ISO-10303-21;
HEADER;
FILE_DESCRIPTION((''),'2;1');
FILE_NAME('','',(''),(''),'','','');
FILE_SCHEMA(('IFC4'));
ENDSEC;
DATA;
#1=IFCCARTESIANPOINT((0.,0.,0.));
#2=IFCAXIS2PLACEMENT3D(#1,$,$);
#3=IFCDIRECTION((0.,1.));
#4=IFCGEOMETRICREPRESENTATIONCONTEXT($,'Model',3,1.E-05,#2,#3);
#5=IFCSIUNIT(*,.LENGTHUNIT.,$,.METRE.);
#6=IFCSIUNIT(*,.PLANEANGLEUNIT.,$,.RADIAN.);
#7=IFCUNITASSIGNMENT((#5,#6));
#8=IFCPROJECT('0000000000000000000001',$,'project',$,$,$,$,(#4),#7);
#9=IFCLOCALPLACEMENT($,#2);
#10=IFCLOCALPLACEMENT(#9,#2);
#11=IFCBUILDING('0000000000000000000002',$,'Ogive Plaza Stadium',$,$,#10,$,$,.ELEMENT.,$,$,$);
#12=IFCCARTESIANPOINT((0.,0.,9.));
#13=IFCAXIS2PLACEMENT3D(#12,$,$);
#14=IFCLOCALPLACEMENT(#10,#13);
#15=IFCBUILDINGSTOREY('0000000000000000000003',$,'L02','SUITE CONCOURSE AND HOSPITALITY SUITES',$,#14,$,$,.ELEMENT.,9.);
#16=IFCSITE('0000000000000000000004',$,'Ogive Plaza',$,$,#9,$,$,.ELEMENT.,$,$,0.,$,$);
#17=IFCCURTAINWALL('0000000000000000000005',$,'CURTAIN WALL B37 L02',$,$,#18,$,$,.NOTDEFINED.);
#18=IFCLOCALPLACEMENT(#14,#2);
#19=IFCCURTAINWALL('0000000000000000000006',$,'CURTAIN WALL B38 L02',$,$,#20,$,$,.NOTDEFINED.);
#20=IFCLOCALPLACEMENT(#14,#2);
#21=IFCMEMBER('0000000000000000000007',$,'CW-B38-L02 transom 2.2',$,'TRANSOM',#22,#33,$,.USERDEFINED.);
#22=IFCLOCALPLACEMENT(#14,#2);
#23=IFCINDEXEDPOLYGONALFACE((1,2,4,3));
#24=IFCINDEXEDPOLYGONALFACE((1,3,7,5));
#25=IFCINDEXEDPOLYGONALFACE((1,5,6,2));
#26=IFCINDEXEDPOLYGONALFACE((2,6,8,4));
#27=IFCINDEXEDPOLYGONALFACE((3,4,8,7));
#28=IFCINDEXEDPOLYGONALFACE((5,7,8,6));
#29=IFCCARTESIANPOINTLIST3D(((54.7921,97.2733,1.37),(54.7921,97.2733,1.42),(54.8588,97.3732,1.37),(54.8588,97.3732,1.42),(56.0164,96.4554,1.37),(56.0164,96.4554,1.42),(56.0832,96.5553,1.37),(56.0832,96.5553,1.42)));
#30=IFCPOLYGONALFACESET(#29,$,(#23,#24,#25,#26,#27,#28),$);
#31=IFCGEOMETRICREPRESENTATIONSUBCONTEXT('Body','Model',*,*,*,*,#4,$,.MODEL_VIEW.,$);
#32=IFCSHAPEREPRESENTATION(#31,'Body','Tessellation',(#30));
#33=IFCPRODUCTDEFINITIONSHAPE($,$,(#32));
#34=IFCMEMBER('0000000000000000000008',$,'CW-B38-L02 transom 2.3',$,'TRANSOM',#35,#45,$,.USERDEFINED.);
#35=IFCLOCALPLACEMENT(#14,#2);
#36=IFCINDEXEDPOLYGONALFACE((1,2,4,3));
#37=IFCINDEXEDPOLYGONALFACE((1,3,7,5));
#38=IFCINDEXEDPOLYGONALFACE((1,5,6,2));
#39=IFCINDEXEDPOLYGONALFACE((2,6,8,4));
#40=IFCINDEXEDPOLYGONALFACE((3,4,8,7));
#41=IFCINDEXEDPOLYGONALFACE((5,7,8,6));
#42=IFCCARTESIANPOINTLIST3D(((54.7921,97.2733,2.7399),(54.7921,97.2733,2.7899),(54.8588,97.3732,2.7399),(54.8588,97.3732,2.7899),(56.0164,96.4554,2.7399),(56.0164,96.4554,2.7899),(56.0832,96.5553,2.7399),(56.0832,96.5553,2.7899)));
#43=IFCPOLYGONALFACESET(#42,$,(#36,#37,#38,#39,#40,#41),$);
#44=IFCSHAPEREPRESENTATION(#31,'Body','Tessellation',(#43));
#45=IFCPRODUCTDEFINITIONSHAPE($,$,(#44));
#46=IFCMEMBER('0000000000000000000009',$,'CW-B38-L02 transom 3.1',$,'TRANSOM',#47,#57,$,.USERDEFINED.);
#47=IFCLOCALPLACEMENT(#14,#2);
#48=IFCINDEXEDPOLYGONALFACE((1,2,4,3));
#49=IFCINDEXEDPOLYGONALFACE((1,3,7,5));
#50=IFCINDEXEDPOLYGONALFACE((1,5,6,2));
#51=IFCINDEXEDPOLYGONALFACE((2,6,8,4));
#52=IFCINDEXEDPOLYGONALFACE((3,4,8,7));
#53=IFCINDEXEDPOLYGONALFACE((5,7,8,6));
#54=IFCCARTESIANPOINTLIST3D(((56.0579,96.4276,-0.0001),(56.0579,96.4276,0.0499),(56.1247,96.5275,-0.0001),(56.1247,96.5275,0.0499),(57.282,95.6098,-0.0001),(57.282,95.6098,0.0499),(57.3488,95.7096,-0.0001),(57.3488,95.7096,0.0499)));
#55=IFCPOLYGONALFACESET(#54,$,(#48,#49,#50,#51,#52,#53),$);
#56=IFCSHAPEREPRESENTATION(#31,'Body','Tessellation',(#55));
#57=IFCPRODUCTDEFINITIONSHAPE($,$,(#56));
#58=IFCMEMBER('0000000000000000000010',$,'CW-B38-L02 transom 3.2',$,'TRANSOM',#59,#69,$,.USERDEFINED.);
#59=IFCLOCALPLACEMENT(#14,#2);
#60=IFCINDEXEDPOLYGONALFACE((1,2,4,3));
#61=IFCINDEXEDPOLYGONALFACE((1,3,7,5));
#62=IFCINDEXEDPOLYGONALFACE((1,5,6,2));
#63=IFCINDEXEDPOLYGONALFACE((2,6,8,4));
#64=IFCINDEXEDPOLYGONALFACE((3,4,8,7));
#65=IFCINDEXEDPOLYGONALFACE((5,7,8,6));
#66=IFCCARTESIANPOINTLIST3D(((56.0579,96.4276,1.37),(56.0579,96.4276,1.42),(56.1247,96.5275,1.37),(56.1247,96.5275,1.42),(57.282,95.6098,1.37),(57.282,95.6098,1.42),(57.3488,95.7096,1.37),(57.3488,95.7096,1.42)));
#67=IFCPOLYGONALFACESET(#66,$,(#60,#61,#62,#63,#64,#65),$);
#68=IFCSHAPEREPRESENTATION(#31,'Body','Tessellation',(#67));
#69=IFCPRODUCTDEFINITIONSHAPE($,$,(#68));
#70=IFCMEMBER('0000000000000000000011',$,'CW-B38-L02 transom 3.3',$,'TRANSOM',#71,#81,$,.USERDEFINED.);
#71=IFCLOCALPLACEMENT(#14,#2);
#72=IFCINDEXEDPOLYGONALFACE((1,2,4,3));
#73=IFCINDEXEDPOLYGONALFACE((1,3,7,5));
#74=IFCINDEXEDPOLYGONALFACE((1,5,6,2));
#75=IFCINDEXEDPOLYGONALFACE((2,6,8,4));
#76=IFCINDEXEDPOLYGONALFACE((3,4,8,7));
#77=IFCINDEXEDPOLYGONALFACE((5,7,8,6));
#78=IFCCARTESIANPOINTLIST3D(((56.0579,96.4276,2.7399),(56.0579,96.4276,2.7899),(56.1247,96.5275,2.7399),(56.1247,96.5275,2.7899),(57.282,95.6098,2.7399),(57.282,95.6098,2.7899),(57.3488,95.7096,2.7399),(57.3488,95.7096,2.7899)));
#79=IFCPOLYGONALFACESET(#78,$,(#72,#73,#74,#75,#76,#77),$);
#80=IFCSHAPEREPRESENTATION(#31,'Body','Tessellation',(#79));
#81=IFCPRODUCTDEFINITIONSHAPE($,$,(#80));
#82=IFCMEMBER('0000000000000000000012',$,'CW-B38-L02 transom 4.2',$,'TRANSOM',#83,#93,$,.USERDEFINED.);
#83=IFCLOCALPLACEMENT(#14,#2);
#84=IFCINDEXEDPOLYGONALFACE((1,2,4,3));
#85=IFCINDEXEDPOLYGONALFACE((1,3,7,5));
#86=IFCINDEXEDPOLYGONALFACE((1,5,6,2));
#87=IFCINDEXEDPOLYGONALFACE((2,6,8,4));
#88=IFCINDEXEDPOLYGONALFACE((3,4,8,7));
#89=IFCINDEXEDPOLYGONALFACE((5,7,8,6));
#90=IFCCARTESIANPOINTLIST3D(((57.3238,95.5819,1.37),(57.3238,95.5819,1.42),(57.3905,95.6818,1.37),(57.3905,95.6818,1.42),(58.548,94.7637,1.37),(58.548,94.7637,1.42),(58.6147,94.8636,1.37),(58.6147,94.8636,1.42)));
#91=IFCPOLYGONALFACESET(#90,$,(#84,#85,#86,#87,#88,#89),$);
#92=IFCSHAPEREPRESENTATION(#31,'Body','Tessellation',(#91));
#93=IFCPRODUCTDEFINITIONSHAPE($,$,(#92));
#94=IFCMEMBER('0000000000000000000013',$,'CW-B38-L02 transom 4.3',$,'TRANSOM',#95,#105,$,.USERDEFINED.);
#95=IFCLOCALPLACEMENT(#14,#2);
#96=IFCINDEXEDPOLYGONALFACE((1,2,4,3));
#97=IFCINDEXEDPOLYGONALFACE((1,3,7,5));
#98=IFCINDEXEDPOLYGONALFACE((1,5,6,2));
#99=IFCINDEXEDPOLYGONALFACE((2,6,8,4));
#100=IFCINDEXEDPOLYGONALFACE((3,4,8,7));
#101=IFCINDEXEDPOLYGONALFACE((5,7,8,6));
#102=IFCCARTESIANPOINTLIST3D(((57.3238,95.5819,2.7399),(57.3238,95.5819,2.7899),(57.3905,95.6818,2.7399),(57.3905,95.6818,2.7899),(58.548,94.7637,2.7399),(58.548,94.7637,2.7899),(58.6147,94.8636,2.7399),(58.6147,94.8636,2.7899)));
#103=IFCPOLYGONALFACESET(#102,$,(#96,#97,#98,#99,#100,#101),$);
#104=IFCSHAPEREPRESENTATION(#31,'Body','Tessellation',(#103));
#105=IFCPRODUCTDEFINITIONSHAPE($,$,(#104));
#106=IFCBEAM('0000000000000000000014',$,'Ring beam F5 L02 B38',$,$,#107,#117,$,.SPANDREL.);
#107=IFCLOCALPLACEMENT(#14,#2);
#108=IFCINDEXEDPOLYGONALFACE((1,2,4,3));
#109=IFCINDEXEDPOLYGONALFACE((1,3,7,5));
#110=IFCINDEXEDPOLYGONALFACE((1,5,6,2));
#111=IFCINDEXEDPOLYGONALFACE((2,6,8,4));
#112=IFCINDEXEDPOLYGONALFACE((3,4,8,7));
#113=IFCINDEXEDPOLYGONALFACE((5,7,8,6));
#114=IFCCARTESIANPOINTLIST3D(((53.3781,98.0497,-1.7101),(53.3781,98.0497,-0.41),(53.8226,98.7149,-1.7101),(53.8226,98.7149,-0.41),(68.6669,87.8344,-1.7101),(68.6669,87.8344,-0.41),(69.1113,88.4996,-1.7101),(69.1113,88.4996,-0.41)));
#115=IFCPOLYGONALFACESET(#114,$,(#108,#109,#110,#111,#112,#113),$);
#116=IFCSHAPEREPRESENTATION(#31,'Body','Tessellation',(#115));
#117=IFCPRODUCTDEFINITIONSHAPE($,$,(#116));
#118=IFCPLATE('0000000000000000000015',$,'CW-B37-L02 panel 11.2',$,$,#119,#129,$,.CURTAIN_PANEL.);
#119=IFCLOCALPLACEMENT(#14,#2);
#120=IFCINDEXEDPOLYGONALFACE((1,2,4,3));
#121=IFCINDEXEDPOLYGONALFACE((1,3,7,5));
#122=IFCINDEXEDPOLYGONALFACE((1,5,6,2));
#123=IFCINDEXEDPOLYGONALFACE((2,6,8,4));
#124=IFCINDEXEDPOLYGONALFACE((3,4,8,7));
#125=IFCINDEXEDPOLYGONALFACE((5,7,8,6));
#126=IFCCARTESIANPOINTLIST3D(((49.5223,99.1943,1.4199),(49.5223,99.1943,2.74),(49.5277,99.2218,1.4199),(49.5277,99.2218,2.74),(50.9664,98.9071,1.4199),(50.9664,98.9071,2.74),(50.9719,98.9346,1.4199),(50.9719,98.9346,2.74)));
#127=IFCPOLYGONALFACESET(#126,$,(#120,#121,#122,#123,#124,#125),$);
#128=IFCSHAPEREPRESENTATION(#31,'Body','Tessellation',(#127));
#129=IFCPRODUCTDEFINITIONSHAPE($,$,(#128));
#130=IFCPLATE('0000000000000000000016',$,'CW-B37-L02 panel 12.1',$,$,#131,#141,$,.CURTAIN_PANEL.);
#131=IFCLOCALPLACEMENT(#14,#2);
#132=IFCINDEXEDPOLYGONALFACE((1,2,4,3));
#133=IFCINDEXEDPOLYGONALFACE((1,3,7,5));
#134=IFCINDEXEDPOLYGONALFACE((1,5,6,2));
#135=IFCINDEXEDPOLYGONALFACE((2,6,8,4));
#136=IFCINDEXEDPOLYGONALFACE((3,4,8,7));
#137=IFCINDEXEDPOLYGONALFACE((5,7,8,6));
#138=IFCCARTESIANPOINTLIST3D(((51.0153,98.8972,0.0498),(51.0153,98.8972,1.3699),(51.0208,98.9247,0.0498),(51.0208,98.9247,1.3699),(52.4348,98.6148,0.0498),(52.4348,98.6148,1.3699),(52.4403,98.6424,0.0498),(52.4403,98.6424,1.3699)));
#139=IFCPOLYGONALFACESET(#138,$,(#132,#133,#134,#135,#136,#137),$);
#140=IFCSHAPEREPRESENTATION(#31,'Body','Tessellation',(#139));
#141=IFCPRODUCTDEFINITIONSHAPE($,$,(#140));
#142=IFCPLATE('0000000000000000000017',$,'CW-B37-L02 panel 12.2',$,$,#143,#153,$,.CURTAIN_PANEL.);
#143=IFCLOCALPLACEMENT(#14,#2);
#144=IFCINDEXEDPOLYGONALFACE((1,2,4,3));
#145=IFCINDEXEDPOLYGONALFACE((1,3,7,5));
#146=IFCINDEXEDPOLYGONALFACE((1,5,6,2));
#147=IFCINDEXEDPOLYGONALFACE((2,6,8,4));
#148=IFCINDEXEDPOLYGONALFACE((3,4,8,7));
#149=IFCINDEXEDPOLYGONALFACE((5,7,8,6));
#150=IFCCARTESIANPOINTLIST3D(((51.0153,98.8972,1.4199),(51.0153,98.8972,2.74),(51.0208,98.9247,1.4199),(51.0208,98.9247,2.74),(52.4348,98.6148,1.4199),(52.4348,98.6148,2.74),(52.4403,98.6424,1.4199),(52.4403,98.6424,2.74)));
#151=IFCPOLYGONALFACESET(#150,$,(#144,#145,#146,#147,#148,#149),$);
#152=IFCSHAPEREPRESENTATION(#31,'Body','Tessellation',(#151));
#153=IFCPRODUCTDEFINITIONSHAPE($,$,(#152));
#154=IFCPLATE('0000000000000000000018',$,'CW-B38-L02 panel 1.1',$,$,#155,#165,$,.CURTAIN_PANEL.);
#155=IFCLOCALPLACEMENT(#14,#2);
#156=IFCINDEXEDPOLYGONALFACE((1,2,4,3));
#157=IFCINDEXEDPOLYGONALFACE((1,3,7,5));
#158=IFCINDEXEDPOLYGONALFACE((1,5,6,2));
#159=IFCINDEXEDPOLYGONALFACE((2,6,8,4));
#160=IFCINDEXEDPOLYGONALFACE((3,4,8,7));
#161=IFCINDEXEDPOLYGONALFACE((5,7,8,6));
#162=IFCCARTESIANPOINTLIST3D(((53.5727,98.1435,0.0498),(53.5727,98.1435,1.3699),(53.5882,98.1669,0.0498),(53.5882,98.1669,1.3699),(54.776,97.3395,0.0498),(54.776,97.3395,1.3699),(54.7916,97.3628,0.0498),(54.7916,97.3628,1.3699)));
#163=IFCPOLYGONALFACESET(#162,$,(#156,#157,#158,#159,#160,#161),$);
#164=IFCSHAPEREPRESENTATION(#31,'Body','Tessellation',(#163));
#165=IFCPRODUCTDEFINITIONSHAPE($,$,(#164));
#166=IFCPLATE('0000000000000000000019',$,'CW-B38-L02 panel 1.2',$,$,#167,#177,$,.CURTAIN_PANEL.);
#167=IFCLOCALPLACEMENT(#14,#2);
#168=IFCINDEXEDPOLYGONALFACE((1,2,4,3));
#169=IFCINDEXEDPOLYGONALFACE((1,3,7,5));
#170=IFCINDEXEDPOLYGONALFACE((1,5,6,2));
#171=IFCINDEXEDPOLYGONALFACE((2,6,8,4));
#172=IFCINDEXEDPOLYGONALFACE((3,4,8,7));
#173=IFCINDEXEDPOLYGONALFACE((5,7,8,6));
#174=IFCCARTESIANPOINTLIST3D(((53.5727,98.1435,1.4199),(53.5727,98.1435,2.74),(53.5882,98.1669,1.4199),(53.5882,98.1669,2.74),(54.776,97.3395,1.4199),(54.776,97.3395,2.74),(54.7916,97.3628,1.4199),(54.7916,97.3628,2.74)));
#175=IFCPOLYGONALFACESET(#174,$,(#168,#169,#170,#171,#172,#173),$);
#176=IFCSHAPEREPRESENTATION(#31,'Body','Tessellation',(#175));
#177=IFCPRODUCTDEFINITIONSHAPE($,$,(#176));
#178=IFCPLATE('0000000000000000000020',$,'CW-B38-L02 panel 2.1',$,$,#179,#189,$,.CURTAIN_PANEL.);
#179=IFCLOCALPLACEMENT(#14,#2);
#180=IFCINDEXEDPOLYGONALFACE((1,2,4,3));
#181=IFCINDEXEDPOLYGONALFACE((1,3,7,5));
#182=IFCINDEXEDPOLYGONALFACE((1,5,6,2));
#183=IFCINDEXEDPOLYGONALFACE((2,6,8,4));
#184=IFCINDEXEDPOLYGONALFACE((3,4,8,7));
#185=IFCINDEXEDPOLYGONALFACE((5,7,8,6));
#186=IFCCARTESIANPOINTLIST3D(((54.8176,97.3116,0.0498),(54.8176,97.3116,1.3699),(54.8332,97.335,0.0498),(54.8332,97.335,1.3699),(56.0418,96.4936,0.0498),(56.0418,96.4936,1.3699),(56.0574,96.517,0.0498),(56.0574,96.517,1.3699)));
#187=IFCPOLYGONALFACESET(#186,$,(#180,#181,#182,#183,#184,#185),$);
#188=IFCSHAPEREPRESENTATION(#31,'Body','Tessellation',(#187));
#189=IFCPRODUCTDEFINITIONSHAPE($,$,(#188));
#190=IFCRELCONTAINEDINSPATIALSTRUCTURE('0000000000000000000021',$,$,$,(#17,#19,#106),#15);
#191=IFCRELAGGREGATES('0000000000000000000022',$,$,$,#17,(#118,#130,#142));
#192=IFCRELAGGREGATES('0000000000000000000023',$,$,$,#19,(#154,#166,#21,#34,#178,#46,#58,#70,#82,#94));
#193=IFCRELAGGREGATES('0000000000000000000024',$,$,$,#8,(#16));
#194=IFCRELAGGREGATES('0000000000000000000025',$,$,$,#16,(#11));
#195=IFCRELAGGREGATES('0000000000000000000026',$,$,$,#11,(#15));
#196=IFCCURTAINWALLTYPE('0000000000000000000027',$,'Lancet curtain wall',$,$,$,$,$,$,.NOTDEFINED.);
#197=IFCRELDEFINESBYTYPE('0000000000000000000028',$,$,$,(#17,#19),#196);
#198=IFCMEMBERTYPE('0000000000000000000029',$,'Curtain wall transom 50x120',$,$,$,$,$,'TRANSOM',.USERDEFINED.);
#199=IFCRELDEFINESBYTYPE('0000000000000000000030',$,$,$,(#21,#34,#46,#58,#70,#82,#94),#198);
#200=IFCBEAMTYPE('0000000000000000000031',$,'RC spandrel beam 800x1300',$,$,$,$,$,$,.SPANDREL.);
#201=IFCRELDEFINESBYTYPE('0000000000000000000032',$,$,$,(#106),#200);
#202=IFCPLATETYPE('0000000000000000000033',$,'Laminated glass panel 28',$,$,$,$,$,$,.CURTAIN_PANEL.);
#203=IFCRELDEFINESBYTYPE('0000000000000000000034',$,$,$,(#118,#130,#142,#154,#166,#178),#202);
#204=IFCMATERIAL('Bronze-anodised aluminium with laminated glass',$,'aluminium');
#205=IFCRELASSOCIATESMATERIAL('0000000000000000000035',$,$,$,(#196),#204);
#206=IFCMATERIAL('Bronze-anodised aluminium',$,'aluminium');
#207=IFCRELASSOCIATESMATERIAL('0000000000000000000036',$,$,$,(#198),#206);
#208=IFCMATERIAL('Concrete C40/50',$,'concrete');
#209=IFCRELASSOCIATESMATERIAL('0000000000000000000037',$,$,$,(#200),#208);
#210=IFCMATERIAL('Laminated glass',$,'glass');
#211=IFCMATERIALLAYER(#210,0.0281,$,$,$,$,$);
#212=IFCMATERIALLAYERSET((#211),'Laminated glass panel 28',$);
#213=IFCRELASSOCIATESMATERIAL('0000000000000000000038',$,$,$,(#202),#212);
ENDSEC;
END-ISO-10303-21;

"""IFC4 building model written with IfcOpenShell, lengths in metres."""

from ifc_helpers import new_model, si_unit, direction, frame, origin, origin_2d, place, context, subcontext, project, spatial, rectangle, extrude, material, layer, layer_set, material_profile, profile_set, type_object, element, aggregate, save


model = new_model("IFC4")

# Units and contexts
model_context = context("Model", 3, precision=1e-05, world=origin(), true_north=direction((0.0, 1.0)))
body_context = subcontext(model_context, "Body", "Model", "MODEL_VIEW")
ifc_project = project(units=[si_unit("LENGTHUNIT", "METRE"), si_unit("PLANEANGLEUNIT", "RADIAN")], contexts=[model_context])

# Site, building, storey
site_placement = place(None, origin())
site = spatial("IfcSite", under=ifc_project, at=site_placement, Name="Ogive Plaza", CompositionType="ELEMENT", RefElevation=0.0)
building_placement = place(site_placement, origin())
building = spatial("IfcBuilding", under=site, at=building_placement, Name="Ogive Plaza Stadium", CompositionType="ELEMENT")
storey_placement = place(building_placement, frame((0.0, 0.0, 9.0)))
storey = spatial("IfcBuildingStorey", under=building, at=storey_placement, Name="L02", Description="SUITE CONCOURSE AND HOSPITALITY SUITES", CompositionType="ELEMENT", Elevation=9.0)

# Curtain walls
ifc_material_1 = material(Name="Bronze-anodised aluminium with laminated glass", Category="aluminium")
curtain_wall_type = type_object("IfcCurtainWallType", Name="Lancet curtain wall", PredefinedType="NOTDEFINED", material=ifc_material_1)
curtain_wall_1_placement = place(storey_placement, origin())
curtain_wall_1 = element("IfcCurtainWall", 1, at=curtain_wall_1_placement, inside=storey, type_object=curtain_wall_type, Name="CURTAIN WALL B37 L02", PredefinedType="NOTDEFINED")
curtain_wall_2_placement = place(storey_placement, origin())
curtain_wall_2 = element("IfcCurtainWall", 2, at=curtain_wall_2_placement, inside=storey, type_object=curtain_wall_type, Name="CURTAIN WALL B38 L02", PredefinedType="NOTDEFINED")

# Members
ifc_material_2 = material(Name="Bronze-anodised aluminium", Category="aluminium")
ifc_material_profile_1 = material_profile(ifc_material_2, rectangle(XDim=0.1201, YDim=0.05, at=origin_2d()), Name="AL 120x50")
ifc_profile_set_1 = profile_set([ifc_material_profile_1], Name="Bronze-anodised aluminium")
member_type_1 = type_object("IfcMemberType", Name="Curtain wall transom 50x120", ElementType="TRANSOM", PredefinedType="USERDEFINED", material=ifc_profile_set_1)
member_1_placement = place(storey_placement, frame((54.8254, 97.3232, 1.395), z_axis=(0.83154, -0.555465, 0.0), x_axis=(0.555465, 0.83154, 0.0)))
member_1 = element("IfcMember", 3, at=member_1_placement, type_object=member_type_1, Name="CW-B38-L02 transom 2.2", ObjectType="TRANSOM", PredefinedType="USERDEFINED", context=body_context, shape_type="SweptSolid", body=[
    extrude(rectangle(XDim=0.1201, YDim=0.05, at=origin_2d()), origin(), (0.0, 0.0, 1.0), 1.4724),
])
member_2_placement = place(storey_placement, frame((54.8254, 97.3232, 2.7649), z_axis=(0.83154, -0.555465, 0.0), x_axis=(0.555465, 0.83154, 0.0)))
member_2 = element("IfcMember", 4, at=member_2_placement, type_object=member_type_1, Name="CW-B38-L02 transom 2.3", ObjectType="TRANSOM", PredefinedType="USERDEFINED", context=body_context, shape_type="SweptSolid", body=[
    extrude(rectangle(XDim=0.1201, YDim=0.05, at=origin_2d()), origin(), (0.0, 0.0, 1.0), 1.4724),
])
member_3_placement = place(storey_placement, frame((56.0913, 96.4775, 0.0249), z_axis=(0.831489, -0.555542, 0.0), x_axis=(0.555542, 0.831489, 0.0)))
member_3 = element("IfcMember", 5, at=member_3_placement, type_object=member_type_1, Name="CW-B38-L02 transom 3.1", ObjectType="TRANSOM", PredefinedType="USERDEFINED", context=body_context, shape_type="SweptSolid", body=[
    extrude(rectangle(XDim=0.1201, YDim=0.05, at=origin_2d()), origin(), (0.0, 0.0, 1.0), 1.4722),
])
member_4_placement = place(storey_placement, frame((56.0913, 96.4775, 1.395), z_axis=(0.831489, -0.555542, 0.0), x_axis=(0.555542, 0.831489, 0.0)))
member_4 = element("IfcMember", 6, at=member_4_placement, type_object=member_type_1, Name="CW-B38-L02 transom 3.2", ObjectType="TRANSOM", PredefinedType="USERDEFINED", context=body_context, shape_type="SweptSolid", body=[
    extrude(rectangle(XDim=0.1201, YDim=0.05, at=origin_2d()), origin(), (0.0, 0.0, 1.0), 1.4722),
])
member_5_placement = place(storey_placement, frame((56.0913, 96.4775, 2.7649), z_axis=(0.831489, -0.555542, 0.0), x_axis=(0.555542, 0.831489, 0.0)))
member_5 = element("IfcMember", 7, at=member_5_placement, type_object=member_type_1, Name="CW-B38-L02 transom 3.3", ObjectType="TRANSOM", PredefinedType="USERDEFINED", context=body_context, shape_type="SweptSolid", body=[
    extrude(rectangle(XDim=0.1201, YDim=0.05, at=origin_2d()), origin(), (0.0, 0.0, 1.0), 1.4722),
])
member_6_placement = place(storey_placement, frame((57.3572, 95.6318, 1.395), z_axis=(0.831412, -0.555656, 0.0), x_axis=(0.555656, 0.831412, 0.0)))
member_6 = element("IfcMember", 8, at=member_6_placement, type_object=member_type_1, Name="CW-B38-L02 transom 4.2", ObjectType="TRANSOM", PredefinedType="USERDEFINED", context=body_context, shape_type="SweptSolid", body=[
    extrude(rectangle(XDim=0.1201, YDim=0.05, at=origin_2d()), origin(), (0.0, 0.0, 1.0), 1.4724),
])
member_7_placement = place(storey_placement, frame((57.3572, 95.6318, 2.7649), z_axis=(0.831412, -0.555656, 0.0), x_axis=(0.555656, 0.831412, 0.0)))
member_7 = element("IfcMember", 9, at=member_7_placement, type_object=member_type_1, Name="CW-B38-L02 transom 4.3", ObjectType="TRANSOM", PredefinedType="USERDEFINED", context=body_context, shape_type="SweptSolid", body=[
    extrude(rectangle(XDim=0.1201, YDim=0.05, at=origin_2d()), origin(), (0.0, 0.0, 1.0), 1.4724),
])

# Beam
ifc_material_3 = material(Name="Concrete C40/50", Category="concrete")
ifc_material_profile_2 = material_profile(ifc_material_3, rectangle(XDim=0.8, YDim=1.3, at=origin_2d()), Name="RC 800x1300")
ifc_profile_set_2 = profile_set([ifc_material_profile_2], Name="Concrete C40/50")
beam_type = type_object("IfcBeamType", Name="RC spandrel beam 800x1300", PredefinedType="SPANDREL", material=ifc_profile_set_2)
beam_placement = place(storey_placement, frame((53.6003, 98.3823, -1.0601), z_axis=(0.831478, -0.555558, 0.0), x_axis=(0.555558, 0.831478, 0.0)))
element("IfcBeam", 10, at=beam_placement, inside=storey, type_object=beam_type, Name="Ring beam F5 L02 B38", PredefinedType="SPANDREL", context=body_context, shape_type="SweptSolid", body=[
    extrude(rectangle(XDim=0.8, YDim=1.3, at=origin_2d()), origin(), (0.0, 0.0, 1.0), 18.3875),
])

# Plates
ifc_material_4 = material(Name="Laminated glass", Category="glass")
ifc_layer = layer(ifc_material_4, 0.0281)
ifc_layer_set = layer_set([ifc_layer], Name="Laminated glass panel 28")
plate_type = type_object("IfcPlateType", Name="Laminated glass panel 28", PredefinedType="CURTAIN_PANEL", material=ifc_layer_set)
plate_1_placement = place(storey_placement, frame((50.2471, 99.0645, 1.4199), z_axis=(0.0, 0.0, 1.0), x_axis=(0.980785, -0.19509, 0.0)))
plate_1 = element("IfcPlate", 11, at=plate_1_placement, type_object=plate_type, Name="CW-B37-L02 panel 11.2", PredefinedType="CURTAIN_PANEL", context=body_context, shape_type="SweptSolid", body=[
    extrude(rectangle(XDim=1.4724, YDim=0.0281, at=origin_2d()), origin(), (0.0, 0.0, 1.0), 1.3201),
])
plate_2_placement = place(storey_placement, frame((51.7278, 98.7698, 0.0498), z_axis=(0.0, 0.0, 1.0), x_axis=(0.980785, -0.19509, 0.0)))
plate_2 = element("IfcPlate", 12, at=plate_2_placement, type_object=plate_type, Name="CW-B37-L02 panel 12.1", PredefinedType="CURTAIN_PANEL", context=body_context, shape_type="SweptSolid", body=[
    extrude(rectangle(XDim=1.4473, YDim=0.0281, at=origin_2d()), origin(), (0.0, 0.0, 1.0), 1.3201),
])
plate_3_placement = place(storey_placement, frame((51.7278, 98.7698, 1.4199), z_axis=(0.0, 0.0, 1.0), x_axis=(0.980785, -0.19509, 0.0)))
plate_3 = element("IfcPlate", 13, at=plate_3_placement, type_object=plate_type, Name="CW-B37-L02 panel 12.2", PredefinedType="CURTAIN_PANEL", context=body_context, shape_type="SweptSolid", body=[
    extrude(rectangle(XDim=1.4473, YDim=0.0281, at=origin_2d()), origin(), (0.0, 0.0, 1.0), 1.3201),
])
aggregate(curtain_wall_1, [plate_1, plate_2, plate_3])
plate_4_placement = place(storey_placement, frame((54.1821, 97.7532, 0.0498), z_axis=(0.0, 0.0, 1.0), x_axis=(0.83147, -0.55557, 0.0)))
plate_4 = element("IfcPlate", 14, at=plate_4_placement, type_object=plate_type, Name="CW-B38-L02 panel 1.1", PredefinedType="CURTAIN_PANEL", context=body_context, shape_type="SweptSolid", body=[
    extrude(rectangle(XDim=1.4473, YDim=0.0281, at=origin_2d()), origin(), (0.0, 0.0, 1.0), 1.3201),
])
plate_5_placement = place(storey_placement, frame((54.1821, 97.7532, 1.4199), z_axis=(0.0, 0.0, 1.0), x_axis=(0.83147, -0.55557, 0.0)))
plate_5 = element("IfcPlate", 15, at=plate_5_placement, type_object=plate_type, Name="CW-B38-L02 panel 1.2", PredefinedType="CURTAIN_PANEL", context=body_context, shape_type="SweptSolid", body=[
    extrude(rectangle(XDim=1.4473, YDim=0.0281, at=origin_2d()), origin(), (0.0, 0.0, 1.0), 1.3201),
])
plate_6_placement = place(storey_placement, frame((55.4375, 96.9143, 0.0498), z_axis=(0.0, 0.0, 1.0), x_axis=(0.83147, -0.55557, 0.0)))
plate_6 = element("IfcPlate", 16, at=plate_6_placement, type_object=plate_type, Name="CW-B38-L02 panel 2.1", PredefinedType="CURTAIN_PANEL", context=body_context, shape_type="SweptSolid", body=[
    extrude(rectangle(XDim=1.4724, YDim=0.0281, at=origin_2d()), origin(), (0.0, 0.0, 1.0), 1.3201),
])
aggregate(curtain_wall_2, [plate_4, plate_5, member_1, member_2, plate_6, member_3, member_4, member_5, member_6, member_7])

save(model, "model.ifc")
